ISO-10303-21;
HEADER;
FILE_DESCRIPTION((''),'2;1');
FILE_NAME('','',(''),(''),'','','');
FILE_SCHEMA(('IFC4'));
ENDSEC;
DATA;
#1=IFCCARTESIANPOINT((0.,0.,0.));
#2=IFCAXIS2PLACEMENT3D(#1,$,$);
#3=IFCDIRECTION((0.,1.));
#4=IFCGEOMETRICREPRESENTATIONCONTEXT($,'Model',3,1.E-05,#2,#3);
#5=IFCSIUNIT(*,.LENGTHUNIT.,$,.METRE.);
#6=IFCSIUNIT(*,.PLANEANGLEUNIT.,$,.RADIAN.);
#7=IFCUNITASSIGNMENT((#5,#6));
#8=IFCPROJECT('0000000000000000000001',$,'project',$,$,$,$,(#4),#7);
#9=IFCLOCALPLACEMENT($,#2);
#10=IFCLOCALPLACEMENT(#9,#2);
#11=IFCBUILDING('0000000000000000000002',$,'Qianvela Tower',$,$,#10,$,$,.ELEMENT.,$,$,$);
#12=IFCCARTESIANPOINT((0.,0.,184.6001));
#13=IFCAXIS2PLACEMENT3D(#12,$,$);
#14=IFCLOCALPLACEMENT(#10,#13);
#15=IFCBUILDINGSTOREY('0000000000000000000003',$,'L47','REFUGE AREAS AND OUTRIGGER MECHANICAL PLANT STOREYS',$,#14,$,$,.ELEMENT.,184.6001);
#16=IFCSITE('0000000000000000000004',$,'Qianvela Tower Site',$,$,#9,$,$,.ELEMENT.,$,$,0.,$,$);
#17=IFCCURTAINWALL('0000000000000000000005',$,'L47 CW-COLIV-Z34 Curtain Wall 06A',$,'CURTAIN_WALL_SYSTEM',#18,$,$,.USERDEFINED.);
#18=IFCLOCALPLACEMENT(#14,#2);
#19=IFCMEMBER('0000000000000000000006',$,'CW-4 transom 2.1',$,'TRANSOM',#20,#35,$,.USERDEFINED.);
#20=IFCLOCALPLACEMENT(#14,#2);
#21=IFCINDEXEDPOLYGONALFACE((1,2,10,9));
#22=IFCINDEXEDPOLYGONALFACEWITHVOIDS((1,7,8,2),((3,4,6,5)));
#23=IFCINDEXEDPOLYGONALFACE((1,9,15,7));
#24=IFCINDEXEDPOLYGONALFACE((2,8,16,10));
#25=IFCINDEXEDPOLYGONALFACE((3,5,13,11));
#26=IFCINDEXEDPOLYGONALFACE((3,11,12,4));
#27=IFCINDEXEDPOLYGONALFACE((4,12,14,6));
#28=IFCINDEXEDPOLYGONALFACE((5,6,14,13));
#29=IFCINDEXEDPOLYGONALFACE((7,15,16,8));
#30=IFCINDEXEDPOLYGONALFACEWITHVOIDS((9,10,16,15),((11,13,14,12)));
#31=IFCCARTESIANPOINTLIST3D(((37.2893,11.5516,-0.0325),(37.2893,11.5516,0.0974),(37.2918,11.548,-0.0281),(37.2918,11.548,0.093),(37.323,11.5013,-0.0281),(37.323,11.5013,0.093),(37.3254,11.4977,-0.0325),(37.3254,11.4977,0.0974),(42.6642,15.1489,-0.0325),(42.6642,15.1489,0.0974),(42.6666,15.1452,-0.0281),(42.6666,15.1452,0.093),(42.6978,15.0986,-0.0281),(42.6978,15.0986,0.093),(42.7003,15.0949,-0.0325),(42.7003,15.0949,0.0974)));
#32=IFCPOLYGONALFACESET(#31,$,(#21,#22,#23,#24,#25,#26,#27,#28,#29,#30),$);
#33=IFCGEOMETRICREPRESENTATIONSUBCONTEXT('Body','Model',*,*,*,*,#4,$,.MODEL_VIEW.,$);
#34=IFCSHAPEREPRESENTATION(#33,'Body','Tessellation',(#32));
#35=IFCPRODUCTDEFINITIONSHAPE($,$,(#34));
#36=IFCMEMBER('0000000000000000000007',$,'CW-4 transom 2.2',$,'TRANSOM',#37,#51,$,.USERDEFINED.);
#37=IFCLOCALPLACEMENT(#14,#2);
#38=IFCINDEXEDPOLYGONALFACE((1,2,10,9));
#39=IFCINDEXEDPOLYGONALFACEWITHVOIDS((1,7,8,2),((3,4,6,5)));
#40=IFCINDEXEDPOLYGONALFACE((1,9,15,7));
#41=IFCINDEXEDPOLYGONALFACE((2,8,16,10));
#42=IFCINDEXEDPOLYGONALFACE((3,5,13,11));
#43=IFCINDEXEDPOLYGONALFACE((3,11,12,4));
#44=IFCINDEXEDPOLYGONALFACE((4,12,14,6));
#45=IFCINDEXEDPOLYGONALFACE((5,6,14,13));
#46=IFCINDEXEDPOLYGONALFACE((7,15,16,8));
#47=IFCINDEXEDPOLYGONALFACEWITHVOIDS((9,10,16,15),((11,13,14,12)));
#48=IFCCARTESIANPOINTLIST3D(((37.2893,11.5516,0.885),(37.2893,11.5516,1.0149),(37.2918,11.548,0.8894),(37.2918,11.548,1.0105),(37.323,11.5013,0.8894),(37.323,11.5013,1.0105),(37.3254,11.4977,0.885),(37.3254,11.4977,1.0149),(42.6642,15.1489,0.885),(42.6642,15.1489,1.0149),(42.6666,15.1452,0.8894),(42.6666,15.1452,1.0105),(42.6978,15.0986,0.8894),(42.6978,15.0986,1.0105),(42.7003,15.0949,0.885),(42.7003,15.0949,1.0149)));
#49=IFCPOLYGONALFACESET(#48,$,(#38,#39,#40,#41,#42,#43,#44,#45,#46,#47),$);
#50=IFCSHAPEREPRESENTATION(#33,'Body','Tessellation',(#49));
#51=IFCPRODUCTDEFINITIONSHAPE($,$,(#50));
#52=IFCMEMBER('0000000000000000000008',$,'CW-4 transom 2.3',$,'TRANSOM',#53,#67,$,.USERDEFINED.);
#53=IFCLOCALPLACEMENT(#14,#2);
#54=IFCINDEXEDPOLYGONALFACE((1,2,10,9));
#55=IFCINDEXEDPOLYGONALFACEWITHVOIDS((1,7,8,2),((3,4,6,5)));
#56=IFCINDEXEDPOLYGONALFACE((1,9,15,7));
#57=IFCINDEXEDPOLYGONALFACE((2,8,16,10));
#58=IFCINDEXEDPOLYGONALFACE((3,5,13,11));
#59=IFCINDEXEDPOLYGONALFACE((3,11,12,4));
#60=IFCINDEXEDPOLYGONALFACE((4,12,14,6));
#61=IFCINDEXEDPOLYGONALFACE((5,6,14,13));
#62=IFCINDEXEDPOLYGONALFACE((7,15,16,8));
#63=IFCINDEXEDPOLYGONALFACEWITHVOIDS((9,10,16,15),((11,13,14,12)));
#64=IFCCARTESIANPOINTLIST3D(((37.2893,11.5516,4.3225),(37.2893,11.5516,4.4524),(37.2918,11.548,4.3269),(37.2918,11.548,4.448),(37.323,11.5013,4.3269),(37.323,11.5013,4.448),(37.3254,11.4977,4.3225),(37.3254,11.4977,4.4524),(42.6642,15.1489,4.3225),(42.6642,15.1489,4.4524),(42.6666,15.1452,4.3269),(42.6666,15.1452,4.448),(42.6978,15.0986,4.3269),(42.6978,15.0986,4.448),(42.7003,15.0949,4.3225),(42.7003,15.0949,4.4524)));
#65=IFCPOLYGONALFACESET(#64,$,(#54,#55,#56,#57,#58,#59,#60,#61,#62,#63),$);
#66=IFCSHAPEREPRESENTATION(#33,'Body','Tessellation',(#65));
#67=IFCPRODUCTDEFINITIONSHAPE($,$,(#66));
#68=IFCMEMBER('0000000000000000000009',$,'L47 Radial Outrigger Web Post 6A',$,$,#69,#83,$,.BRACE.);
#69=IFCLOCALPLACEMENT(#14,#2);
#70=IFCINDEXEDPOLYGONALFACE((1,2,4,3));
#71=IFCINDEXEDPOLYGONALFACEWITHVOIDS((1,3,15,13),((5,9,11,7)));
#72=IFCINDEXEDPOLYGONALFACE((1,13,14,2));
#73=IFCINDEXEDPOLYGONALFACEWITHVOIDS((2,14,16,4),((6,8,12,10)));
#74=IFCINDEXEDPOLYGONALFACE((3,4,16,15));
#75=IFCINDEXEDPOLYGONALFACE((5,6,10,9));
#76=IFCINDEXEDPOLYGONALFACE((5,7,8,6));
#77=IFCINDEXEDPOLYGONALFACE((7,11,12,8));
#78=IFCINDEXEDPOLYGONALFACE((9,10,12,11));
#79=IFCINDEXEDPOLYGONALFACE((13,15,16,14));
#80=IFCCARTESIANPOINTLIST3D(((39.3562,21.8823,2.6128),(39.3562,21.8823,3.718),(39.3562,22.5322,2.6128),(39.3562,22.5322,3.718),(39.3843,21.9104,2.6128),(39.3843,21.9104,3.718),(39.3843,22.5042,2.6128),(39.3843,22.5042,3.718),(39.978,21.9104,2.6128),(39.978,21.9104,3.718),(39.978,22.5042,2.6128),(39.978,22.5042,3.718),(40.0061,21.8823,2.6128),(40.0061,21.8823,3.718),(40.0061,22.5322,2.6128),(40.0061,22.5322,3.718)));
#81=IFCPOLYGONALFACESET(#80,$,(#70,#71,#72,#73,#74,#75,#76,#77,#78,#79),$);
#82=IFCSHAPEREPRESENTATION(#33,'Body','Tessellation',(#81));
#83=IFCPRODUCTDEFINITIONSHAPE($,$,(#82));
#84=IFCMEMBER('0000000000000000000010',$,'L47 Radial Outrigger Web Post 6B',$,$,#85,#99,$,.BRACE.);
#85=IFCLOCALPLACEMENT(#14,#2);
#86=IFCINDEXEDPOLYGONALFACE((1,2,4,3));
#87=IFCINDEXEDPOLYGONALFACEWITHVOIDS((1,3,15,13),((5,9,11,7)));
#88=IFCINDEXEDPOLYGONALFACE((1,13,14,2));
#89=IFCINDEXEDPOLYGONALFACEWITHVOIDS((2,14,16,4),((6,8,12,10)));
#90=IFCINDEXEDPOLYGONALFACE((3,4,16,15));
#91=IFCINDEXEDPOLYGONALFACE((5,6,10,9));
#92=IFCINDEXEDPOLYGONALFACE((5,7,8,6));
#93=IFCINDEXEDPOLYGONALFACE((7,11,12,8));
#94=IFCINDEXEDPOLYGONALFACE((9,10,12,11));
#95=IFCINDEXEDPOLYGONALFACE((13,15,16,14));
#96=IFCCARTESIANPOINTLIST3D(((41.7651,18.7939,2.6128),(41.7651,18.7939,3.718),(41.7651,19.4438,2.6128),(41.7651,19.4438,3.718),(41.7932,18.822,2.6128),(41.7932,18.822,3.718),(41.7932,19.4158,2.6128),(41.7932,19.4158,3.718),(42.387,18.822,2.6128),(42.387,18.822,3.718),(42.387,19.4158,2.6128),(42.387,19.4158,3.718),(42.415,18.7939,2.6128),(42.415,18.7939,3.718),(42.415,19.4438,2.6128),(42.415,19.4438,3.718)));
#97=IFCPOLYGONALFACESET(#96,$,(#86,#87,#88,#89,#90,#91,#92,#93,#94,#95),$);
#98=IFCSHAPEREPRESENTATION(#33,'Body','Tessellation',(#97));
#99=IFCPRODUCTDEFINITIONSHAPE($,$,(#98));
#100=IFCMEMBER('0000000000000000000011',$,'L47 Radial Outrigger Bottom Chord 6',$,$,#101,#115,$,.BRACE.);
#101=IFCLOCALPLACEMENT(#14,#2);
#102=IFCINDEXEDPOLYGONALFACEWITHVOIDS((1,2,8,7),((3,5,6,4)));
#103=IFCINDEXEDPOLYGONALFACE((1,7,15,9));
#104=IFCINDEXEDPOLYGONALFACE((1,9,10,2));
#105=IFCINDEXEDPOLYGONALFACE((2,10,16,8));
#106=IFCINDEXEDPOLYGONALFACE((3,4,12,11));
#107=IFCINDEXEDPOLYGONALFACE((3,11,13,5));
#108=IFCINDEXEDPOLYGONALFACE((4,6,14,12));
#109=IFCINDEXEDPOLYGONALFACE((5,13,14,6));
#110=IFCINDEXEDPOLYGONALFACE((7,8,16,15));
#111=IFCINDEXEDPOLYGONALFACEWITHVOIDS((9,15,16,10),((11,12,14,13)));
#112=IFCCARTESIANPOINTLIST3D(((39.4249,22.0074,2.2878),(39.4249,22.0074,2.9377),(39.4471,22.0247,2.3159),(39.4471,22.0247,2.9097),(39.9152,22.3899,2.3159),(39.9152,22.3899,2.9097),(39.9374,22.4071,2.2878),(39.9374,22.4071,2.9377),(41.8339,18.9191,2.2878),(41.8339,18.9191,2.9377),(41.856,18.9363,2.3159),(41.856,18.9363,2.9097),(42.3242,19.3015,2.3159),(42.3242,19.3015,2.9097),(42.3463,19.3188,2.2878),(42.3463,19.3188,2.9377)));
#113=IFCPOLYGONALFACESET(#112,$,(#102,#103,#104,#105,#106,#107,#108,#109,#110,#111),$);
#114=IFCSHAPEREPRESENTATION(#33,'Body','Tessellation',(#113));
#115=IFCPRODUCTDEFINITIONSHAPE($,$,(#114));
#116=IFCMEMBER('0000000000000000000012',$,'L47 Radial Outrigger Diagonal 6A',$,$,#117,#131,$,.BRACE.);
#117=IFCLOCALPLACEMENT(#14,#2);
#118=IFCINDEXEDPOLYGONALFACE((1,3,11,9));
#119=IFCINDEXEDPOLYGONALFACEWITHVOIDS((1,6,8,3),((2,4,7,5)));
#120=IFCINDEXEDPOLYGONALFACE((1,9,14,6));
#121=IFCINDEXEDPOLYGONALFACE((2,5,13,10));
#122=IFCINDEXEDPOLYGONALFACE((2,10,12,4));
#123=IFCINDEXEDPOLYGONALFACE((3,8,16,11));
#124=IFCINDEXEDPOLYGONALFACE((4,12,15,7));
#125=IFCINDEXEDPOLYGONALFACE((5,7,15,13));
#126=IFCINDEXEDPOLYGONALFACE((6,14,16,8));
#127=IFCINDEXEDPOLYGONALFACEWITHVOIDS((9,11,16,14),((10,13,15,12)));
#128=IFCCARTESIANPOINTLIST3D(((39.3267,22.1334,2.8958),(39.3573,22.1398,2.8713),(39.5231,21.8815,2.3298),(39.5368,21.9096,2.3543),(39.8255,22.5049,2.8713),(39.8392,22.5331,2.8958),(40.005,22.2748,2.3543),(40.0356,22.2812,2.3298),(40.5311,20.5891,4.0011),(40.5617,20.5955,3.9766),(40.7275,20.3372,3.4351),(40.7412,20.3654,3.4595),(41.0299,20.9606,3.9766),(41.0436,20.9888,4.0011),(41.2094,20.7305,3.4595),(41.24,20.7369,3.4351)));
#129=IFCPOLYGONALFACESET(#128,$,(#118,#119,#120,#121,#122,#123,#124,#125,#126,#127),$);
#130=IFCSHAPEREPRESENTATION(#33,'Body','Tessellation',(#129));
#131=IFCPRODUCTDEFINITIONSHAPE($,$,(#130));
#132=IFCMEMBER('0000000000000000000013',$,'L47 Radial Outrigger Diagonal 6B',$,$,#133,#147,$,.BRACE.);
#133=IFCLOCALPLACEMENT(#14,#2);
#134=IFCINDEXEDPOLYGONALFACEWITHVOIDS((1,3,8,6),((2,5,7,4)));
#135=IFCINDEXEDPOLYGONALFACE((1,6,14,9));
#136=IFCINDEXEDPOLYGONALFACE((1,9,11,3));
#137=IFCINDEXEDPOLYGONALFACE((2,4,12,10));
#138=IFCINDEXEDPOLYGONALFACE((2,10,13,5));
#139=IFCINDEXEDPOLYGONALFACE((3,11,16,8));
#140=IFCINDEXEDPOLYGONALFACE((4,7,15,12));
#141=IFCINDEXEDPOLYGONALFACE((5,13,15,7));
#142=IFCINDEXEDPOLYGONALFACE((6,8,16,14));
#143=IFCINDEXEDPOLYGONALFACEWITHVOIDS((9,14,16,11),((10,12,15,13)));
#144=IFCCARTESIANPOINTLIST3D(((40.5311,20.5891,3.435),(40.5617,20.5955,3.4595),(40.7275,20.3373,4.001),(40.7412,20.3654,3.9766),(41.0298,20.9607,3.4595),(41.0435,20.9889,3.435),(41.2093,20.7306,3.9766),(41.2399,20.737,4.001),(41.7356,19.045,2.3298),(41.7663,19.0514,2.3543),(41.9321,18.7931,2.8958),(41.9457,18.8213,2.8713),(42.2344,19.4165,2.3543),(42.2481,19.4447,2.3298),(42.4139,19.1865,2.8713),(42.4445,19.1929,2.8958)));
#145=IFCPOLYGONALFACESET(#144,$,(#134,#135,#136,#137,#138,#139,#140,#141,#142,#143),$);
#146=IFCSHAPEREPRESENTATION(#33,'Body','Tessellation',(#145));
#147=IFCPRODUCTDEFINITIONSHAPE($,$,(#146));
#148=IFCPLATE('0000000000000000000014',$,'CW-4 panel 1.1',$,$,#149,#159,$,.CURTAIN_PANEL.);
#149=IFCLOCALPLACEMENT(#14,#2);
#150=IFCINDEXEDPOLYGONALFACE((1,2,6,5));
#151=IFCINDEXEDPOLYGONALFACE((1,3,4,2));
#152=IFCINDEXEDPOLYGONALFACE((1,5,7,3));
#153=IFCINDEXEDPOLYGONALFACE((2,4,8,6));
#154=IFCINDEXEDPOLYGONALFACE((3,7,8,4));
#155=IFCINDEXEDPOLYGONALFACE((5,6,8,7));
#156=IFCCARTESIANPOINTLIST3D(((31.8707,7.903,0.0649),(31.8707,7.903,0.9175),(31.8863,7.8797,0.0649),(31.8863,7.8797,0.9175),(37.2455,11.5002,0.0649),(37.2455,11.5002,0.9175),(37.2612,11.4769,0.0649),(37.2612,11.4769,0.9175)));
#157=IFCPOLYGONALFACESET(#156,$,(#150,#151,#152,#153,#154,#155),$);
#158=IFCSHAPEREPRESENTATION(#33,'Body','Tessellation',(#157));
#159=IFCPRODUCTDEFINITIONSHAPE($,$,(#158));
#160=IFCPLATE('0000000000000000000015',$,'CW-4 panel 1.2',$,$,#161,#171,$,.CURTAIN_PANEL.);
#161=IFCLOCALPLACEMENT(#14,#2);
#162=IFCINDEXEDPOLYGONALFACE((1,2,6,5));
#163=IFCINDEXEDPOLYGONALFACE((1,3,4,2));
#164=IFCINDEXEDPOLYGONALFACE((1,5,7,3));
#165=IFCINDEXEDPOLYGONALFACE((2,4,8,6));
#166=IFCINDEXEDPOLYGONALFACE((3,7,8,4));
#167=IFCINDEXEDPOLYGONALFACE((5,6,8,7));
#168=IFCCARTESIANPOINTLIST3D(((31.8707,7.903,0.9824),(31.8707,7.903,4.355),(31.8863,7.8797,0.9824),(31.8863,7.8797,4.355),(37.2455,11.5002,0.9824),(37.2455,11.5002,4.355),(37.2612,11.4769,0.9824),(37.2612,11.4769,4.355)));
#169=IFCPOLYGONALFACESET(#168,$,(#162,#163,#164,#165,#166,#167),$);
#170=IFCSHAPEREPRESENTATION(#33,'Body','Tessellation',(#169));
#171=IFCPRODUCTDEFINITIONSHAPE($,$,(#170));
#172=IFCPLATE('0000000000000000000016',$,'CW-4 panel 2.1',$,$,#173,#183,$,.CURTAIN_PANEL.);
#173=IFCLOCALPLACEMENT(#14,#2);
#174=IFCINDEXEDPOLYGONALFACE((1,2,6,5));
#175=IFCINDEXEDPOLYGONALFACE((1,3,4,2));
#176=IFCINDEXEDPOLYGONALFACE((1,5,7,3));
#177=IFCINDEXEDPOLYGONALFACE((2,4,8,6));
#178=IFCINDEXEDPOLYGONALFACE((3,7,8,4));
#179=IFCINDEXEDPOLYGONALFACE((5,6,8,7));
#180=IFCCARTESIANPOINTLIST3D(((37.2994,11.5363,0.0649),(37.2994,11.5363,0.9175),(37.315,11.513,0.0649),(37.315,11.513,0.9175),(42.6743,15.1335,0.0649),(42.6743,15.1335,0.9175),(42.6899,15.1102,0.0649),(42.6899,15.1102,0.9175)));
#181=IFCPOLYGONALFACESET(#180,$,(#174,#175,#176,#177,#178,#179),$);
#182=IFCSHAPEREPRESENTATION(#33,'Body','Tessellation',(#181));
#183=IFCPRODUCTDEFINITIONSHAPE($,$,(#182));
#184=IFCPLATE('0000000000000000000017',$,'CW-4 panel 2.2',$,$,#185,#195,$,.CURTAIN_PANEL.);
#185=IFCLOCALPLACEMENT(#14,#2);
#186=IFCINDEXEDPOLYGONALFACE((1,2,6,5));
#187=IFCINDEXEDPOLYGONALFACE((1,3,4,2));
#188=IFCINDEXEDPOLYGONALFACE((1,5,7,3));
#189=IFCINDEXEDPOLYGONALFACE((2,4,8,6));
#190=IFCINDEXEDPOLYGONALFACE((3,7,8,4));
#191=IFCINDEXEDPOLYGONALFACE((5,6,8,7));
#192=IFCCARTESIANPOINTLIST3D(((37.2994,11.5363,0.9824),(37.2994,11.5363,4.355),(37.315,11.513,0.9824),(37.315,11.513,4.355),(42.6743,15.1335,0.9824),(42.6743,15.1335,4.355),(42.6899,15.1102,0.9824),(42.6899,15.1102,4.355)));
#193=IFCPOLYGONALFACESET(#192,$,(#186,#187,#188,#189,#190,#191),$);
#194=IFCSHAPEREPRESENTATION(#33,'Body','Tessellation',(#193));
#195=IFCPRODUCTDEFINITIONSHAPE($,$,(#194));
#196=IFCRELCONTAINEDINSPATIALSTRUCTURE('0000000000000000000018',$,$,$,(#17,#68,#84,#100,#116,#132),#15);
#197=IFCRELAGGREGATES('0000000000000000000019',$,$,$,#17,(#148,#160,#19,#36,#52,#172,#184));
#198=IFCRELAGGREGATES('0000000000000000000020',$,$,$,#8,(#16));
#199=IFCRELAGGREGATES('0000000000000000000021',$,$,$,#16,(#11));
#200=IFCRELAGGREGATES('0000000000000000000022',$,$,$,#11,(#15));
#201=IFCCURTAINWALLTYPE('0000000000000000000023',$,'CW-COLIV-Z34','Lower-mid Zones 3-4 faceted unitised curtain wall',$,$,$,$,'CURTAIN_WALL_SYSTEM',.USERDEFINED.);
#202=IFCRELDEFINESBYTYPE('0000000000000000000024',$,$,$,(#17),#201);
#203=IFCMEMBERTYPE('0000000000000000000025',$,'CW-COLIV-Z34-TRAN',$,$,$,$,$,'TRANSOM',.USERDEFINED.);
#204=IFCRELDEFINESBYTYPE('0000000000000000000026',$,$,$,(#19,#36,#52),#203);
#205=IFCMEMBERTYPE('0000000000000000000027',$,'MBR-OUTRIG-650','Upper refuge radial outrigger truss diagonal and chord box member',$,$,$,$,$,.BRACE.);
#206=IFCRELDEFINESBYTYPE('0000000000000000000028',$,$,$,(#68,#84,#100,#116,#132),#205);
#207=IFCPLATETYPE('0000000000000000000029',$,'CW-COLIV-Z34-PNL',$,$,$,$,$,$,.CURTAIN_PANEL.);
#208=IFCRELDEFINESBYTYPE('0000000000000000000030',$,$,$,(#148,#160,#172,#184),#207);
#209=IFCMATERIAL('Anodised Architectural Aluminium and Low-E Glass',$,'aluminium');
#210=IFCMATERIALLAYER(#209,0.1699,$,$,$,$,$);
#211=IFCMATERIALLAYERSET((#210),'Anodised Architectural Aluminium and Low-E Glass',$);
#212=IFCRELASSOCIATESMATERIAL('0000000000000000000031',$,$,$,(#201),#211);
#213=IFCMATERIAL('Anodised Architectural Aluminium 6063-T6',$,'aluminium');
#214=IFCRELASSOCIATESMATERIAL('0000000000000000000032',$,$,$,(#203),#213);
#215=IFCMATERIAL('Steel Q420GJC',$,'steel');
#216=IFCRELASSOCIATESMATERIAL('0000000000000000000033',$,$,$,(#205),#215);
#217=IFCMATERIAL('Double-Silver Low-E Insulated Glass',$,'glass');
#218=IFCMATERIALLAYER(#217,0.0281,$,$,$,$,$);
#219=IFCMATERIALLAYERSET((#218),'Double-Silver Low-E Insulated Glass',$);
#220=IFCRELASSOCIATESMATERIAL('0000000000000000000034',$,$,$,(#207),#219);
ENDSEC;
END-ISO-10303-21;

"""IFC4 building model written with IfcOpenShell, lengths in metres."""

from ifc_helpers import new_model, si_unit, direction, frame, origin, origin_2d, place, context, subcontext, project, spatial, rectangle, hollow_rectangle, extrude, material, layer, layer_set, material_profile, profile_set, type_object, element, aggregate, save


model = new_model("IFC4")

# Units and contexts
model_context = context("Model", 3, precision=1e-05, world=origin(), true_north=direction((0.0, 1.0)))
body_context = subcontext(model_context, "Body", "Model", "MODEL_VIEW")
ifc_project = project(units=[si_unit("LENGTHUNIT", "METRE"), si_unit("PLANEANGLEUNIT", "RADIAN")], contexts=[model_context])

# Site, building, storey
site_placement = place(None, origin())
site = spatial("IfcSite", under=ifc_project, at=site_placement, Name="Qianvela Tower Site", CompositionType="ELEMENT", RefElevation=0.0)
building_placement = place(site_placement, origin())
building = spatial("IfcBuilding", under=site, at=building_placement, Name="Qianvela Tower", CompositionType="ELEMENT")
storey_placement = place(building_placement, frame((0.0, 0.0, 184.6001)))
storey = spatial("IfcBuildingStorey", under=building, at=storey_placement, Name="L47", Description="REFUGE AREAS AND OUTRIGGER MECHANICAL PLANT STOREYS", CompositionType="ELEMENT", Elevation=184.6001)

# Curtain wall, members
ifc_material_1 = material(Name="Anodised Architectural Aluminium and Low-E Glass", Category="aluminium")
ifc_layer_1 = layer(ifc_material_1, 0.1699)
ifc_layer_set_1 = layer_set([ifc_layer_1], Name="Anodised Architectural Aluminium and Low-E Glass")
curtain_wall_type = type_object("IfcCurtainWallType", Name="CW-COLIV-Z34", Description="Lower-mid Zones 3-4 faceted unitised curtain wall", ElementType="CURTAIN_WALL_SYSTEM", PredefinedType="USERDEFINED", material=ifc_layer_set_1)
curtain_wall_placement = place(storey_placement, origin())
curtain_wall = element("IfcCurtainWall", 1, at=curtain_wall_placement, inside=storey, type_object=curtain_wall_type, Name="L47 CW-COLIV-Z34 Curtain Wall 06A", ObjectType="CURTAIN_WALL_SYSTEM", PredefinedType="USERDEFINED")
ifc_material_2 = material(Name="Anodised Architectural Aluminium 6063-T6", Category="aluminium")
ifc_material_profile_1 = material_profile(ifc_material_2, hollow_rectangle(XDim=0.0649, YDim=0.1299, WallThickness=0.0044, at=origin_2d()), Name="ALU-TRAN-65x130")
ifc_profile_set_1 = profile_set([ifc_material_profile_1], Name="Anodised Architectural Aluminium 6063-T6")
member_type_1 = type_object("IfcMemberType", Name="CW-COLIV-Z34-TRAN", ElementType="TRANSOM", PredefinedType="USERDEFINED", material=ifc_profile_set_1)
member_1_placement = place(storey_placement, frame((37.3074, 11.5247, 0.0325), z_axis=(0.83105, 0.556198, 0.0), x_axis=(-0.556198, 0.83105, 0.0)))
member_1 = element("IfcMember", 2, at=member_1_placement, type_object=member_type_1, Name="CW-4 transom 2.1", ObjectType="TRANSOM", PredefinedType="USERDEFINED", context=body_context, shape_type="SweptSolid", body=[
    extrude(hollow_rectangle(XDim=0.0649, YDim=0.1299, WallThickness=0.0044, at=origin_2d()), origin(), (0.0, 0.0, 1.0), 6.4675),
])
member_2_placement = place(storey_placement, frame((37.3074, 11.5247, 0.95), z_axis=(0.83105, 0.556198, 0.0), x_axis=(-0.556198, 0.83105, 0.0)))
member_2 = element("IfcMember", 3, at=member_2_placement, type_object=member_type_1, Name="CW-4 transom 2.2", ObjectType="TRANSOM", PredefinedType="USERDEFINED", context=body_context, shape_type="SweptSolid", body=[
    extrude(hollow_rectangle(XDim=0.0649, YDim=0.1299, WallThickness=0.0044, at=origin_2d()), origin(), (0.0, 0.0, 1.0), 6.4675),
])
member_3_placement = place(storey_placement, frame((37.3074, 11.5247, 4.3875), z_axis=(0.83105, 0.556198, 0.0), x_axis=(-0.556198, 0.83105, 0.0)))
member_3 = element("IfcMember", 4, at=member_3_placement, type_object=member_type_1, Name="CW-4 transom 2.3", ObjectType="TRANSOM", PredefinedType="USERDEFINED", context=body_context, shape_type="SweptSolid", body=[
    extrude(hollow_rectangle(XDim=0.0649, YDim=0.1299, WallThickness=0.0044, at=origin_2d()), origin(), (0.0, 0.0, 1.0), 6.4675),
])

# Members
ifc_material_3 = material(Name="Steel Q420GJC", Category="steel")
ifc_material_profile_2 = material_profile(ifc_material_3, hollow_rectangle(XDim=0.6499, YDim=0.6499, WallThickness=0.0281, at=origin_2d()), Name="OBOX-650x650x28")
ifc_profile_set_2 = profile_set([ifc_material_profile_2], Name="Steel Q420GJC")
member_type_2 = type_object("IfcMemberType", Name="MBR-OUTRIG-650", Description="Upper refuge radial outrigger truss diagonal and chord box member", PredefinedType="BRACE", material=ifc_profile_set_2)
for number, where, z_axis, x_axis, name in (
    (5, (39.6812, 22.2073, 2.6128), (0.0, 0.0, 1.0), (1.0, 0.0, 0.0), "L47 Radial Outrigger Web Post 6A"),
    (6, (42.0901, 19.1189, 2.6128), (0.0, 0.0, 1.0), (1.0, 0.0, 0.0), "L47 Radial Outrigger Web Post 6B"),
):
    element("IfcMember", number, at=place(storey_placement, frame(where, z_axis=z_axis, x_axis=x_axis)), inside=storey, type_object=member_type_2, Name=name, PredefinedType="BRACE", context=body_context, shape_type="SweptSolid", body=[
        extrude(hollow_rectangle(XDim=0.6499, YDim=0.6499, WallThickness=0.0281, at=origin_2d()), origin(), (0.0, 0.0, 1.0), 1.1052),
    ])
member_4_placement = place(storey_placement, frame((39.6812, 22.2073, 2.6128), z_axis=(0.615032, -0.788502, 0.0), x_axis=(0.788502, 0.615032, 0.0)))
element("IfcMember", 7, at=member_4_placement, inside=storey, type_object=member_type_2, Name="L47 Radial Outrigger Bottom Chord 6", PredefinedType="BRACE", context=body_context, shape_type="SweptSolid", body=[
    extrude(hollow_rectangle(XDim=0.6499, YDim=0.6499, WallThickness=0.0281, at=origin_2d()), origin(), (0.0, 0.0, 1.0), 3.9167),
])
for number, where, z_axis, x_axis, name in (
    (8, (39.6812, 22.2073, 2.6128), (0.535583, -0.686714, 0.491503), (0.788533, 0.614993, 0.0), "L47 Radial Outrigger Diagonal 6A"),
    (9, (40.8855, 20.6631, 3.718), (0.53566, -0.686674, -0.491474), (0.788472, 0.615071, 0.0), "L47 Radial Outrigger Diagonal 6B"),
):
    element("IfcMember", number, at=place(storey_placement, frame(where, z_axis=z_axis, x_axis=x_axis)), inside=storey, type_object=member_type_2, Name=name, PredefinedType="BRACE", context=body_context, shape_type="SweptSolid", body=[
        extrude(hollow_rectangle(XDim=0.6499, YDim=0.6499, WallThickness=0.0281, at=origin_2d()), origin(), (0.0, 0.0, 1.0), 2.2488),
    ])

# Plates
ifc_material_4 = material(Name="Double-Silver Low-E Insulated Glass", Category="glass")
ifc_layer_2 = layer(ifc_material_4, 0.0281)
ifc_layer_set_2 = layer_set([ifc_layer_2], Name="Double-Silver Low-E Insulated Glass")
plate_type_1 = type_object("IfcPlateType", Name="CW-COLIV-Z34-PNL", PredefinedType="CURTAIN_PANEL", material=ifc_layer_set_2)
plate_1_placement = place(storey_placement, frame((34.5659, 9.6899, 0.0649), z_axis=(0.0, 0.0, 1.0), x_axis=(0.831053, 0.556193, 0.0)))
plate_1 = element("IfcPlate", 10, at=plate_1_placement, type_object=plate_type_1, Name="CW-4 panel 1.1", PredefinedType="CURTAIN_PANEL", context=body_context, shape_type="SweptSolid", body=[
    extrude(rectangle(XDim=6.4675, YDim=0.0281, at=origin_2d()), origin(), (0.0, 0.0, 1.0), 0.8525),
])
plate_2_placement = place(storey_placement, frame((34.5659, 9.6899, 0.9824), z_axis=(0.0, 0.0, 1.0), x_axis=(0.831053, 0.556193, 0.0)))
plate_2 = element("IfcPlate", 11, at=plate_2_placement, type_object=plate_type_1, Name="CW-4 panel 1.2", PredefinedType="CURTAIN_PANEL", context=body_context, shape_type="SweptSolid", body=[
    extrude(rectangle(XDim=6.4675, YDim=0.0281, at=origin_2d()), origin(), (0.0, 0.0, 1.0), 3.3726),
])
plate_3_placement = place(storey_placement, frame((39.9946, 13.3232, 0.0649), z_axis=(0.0, 0.0, 1.0), x_axis=(0.831053, 0.556193, 0.0)))
plate_3 = element("IfcPlate", 12, at=plate_3_placement, type_object=plate_type_1, Name="CW-4 panel 2.1", PredefinedType="CURTAIN_PANEL", context=body_context, shape_type="SweptSolid", body=[
    extrude(rectangle(XDim=6.4675, YDim=0.0281, at=origin_2d()), origin(), (0.0, 0.0, 1.0), 0.8525),
])
plate_4_placement = place(storey_placement, frame((39.9946, 13.3232, 0.9824), z_axis=(0.0, 0.0, 1.0), x_axis=(0.831053, 0.556193, 0.0)))
plate_4 = element("IfcPlate", 13, at=plate_4_placement, type_object=plate_type_1, Name="CW-4 panel 2.2", PredefinedType="CURTAIN_PANEL", context=body_context, shape_type="SweptSolid", body=[
    extrude(rectangle(XDim=6.4675, YDim=0.0281, at=origin_2d()), origin(), (0.0, 0.0, 1.0), 3.3726),
])
aggregate(curtain_wall, [plate_1, plate_2, member_1, member_2, member_3, plate_3, plate_4])

save(model, "model.ifc")
